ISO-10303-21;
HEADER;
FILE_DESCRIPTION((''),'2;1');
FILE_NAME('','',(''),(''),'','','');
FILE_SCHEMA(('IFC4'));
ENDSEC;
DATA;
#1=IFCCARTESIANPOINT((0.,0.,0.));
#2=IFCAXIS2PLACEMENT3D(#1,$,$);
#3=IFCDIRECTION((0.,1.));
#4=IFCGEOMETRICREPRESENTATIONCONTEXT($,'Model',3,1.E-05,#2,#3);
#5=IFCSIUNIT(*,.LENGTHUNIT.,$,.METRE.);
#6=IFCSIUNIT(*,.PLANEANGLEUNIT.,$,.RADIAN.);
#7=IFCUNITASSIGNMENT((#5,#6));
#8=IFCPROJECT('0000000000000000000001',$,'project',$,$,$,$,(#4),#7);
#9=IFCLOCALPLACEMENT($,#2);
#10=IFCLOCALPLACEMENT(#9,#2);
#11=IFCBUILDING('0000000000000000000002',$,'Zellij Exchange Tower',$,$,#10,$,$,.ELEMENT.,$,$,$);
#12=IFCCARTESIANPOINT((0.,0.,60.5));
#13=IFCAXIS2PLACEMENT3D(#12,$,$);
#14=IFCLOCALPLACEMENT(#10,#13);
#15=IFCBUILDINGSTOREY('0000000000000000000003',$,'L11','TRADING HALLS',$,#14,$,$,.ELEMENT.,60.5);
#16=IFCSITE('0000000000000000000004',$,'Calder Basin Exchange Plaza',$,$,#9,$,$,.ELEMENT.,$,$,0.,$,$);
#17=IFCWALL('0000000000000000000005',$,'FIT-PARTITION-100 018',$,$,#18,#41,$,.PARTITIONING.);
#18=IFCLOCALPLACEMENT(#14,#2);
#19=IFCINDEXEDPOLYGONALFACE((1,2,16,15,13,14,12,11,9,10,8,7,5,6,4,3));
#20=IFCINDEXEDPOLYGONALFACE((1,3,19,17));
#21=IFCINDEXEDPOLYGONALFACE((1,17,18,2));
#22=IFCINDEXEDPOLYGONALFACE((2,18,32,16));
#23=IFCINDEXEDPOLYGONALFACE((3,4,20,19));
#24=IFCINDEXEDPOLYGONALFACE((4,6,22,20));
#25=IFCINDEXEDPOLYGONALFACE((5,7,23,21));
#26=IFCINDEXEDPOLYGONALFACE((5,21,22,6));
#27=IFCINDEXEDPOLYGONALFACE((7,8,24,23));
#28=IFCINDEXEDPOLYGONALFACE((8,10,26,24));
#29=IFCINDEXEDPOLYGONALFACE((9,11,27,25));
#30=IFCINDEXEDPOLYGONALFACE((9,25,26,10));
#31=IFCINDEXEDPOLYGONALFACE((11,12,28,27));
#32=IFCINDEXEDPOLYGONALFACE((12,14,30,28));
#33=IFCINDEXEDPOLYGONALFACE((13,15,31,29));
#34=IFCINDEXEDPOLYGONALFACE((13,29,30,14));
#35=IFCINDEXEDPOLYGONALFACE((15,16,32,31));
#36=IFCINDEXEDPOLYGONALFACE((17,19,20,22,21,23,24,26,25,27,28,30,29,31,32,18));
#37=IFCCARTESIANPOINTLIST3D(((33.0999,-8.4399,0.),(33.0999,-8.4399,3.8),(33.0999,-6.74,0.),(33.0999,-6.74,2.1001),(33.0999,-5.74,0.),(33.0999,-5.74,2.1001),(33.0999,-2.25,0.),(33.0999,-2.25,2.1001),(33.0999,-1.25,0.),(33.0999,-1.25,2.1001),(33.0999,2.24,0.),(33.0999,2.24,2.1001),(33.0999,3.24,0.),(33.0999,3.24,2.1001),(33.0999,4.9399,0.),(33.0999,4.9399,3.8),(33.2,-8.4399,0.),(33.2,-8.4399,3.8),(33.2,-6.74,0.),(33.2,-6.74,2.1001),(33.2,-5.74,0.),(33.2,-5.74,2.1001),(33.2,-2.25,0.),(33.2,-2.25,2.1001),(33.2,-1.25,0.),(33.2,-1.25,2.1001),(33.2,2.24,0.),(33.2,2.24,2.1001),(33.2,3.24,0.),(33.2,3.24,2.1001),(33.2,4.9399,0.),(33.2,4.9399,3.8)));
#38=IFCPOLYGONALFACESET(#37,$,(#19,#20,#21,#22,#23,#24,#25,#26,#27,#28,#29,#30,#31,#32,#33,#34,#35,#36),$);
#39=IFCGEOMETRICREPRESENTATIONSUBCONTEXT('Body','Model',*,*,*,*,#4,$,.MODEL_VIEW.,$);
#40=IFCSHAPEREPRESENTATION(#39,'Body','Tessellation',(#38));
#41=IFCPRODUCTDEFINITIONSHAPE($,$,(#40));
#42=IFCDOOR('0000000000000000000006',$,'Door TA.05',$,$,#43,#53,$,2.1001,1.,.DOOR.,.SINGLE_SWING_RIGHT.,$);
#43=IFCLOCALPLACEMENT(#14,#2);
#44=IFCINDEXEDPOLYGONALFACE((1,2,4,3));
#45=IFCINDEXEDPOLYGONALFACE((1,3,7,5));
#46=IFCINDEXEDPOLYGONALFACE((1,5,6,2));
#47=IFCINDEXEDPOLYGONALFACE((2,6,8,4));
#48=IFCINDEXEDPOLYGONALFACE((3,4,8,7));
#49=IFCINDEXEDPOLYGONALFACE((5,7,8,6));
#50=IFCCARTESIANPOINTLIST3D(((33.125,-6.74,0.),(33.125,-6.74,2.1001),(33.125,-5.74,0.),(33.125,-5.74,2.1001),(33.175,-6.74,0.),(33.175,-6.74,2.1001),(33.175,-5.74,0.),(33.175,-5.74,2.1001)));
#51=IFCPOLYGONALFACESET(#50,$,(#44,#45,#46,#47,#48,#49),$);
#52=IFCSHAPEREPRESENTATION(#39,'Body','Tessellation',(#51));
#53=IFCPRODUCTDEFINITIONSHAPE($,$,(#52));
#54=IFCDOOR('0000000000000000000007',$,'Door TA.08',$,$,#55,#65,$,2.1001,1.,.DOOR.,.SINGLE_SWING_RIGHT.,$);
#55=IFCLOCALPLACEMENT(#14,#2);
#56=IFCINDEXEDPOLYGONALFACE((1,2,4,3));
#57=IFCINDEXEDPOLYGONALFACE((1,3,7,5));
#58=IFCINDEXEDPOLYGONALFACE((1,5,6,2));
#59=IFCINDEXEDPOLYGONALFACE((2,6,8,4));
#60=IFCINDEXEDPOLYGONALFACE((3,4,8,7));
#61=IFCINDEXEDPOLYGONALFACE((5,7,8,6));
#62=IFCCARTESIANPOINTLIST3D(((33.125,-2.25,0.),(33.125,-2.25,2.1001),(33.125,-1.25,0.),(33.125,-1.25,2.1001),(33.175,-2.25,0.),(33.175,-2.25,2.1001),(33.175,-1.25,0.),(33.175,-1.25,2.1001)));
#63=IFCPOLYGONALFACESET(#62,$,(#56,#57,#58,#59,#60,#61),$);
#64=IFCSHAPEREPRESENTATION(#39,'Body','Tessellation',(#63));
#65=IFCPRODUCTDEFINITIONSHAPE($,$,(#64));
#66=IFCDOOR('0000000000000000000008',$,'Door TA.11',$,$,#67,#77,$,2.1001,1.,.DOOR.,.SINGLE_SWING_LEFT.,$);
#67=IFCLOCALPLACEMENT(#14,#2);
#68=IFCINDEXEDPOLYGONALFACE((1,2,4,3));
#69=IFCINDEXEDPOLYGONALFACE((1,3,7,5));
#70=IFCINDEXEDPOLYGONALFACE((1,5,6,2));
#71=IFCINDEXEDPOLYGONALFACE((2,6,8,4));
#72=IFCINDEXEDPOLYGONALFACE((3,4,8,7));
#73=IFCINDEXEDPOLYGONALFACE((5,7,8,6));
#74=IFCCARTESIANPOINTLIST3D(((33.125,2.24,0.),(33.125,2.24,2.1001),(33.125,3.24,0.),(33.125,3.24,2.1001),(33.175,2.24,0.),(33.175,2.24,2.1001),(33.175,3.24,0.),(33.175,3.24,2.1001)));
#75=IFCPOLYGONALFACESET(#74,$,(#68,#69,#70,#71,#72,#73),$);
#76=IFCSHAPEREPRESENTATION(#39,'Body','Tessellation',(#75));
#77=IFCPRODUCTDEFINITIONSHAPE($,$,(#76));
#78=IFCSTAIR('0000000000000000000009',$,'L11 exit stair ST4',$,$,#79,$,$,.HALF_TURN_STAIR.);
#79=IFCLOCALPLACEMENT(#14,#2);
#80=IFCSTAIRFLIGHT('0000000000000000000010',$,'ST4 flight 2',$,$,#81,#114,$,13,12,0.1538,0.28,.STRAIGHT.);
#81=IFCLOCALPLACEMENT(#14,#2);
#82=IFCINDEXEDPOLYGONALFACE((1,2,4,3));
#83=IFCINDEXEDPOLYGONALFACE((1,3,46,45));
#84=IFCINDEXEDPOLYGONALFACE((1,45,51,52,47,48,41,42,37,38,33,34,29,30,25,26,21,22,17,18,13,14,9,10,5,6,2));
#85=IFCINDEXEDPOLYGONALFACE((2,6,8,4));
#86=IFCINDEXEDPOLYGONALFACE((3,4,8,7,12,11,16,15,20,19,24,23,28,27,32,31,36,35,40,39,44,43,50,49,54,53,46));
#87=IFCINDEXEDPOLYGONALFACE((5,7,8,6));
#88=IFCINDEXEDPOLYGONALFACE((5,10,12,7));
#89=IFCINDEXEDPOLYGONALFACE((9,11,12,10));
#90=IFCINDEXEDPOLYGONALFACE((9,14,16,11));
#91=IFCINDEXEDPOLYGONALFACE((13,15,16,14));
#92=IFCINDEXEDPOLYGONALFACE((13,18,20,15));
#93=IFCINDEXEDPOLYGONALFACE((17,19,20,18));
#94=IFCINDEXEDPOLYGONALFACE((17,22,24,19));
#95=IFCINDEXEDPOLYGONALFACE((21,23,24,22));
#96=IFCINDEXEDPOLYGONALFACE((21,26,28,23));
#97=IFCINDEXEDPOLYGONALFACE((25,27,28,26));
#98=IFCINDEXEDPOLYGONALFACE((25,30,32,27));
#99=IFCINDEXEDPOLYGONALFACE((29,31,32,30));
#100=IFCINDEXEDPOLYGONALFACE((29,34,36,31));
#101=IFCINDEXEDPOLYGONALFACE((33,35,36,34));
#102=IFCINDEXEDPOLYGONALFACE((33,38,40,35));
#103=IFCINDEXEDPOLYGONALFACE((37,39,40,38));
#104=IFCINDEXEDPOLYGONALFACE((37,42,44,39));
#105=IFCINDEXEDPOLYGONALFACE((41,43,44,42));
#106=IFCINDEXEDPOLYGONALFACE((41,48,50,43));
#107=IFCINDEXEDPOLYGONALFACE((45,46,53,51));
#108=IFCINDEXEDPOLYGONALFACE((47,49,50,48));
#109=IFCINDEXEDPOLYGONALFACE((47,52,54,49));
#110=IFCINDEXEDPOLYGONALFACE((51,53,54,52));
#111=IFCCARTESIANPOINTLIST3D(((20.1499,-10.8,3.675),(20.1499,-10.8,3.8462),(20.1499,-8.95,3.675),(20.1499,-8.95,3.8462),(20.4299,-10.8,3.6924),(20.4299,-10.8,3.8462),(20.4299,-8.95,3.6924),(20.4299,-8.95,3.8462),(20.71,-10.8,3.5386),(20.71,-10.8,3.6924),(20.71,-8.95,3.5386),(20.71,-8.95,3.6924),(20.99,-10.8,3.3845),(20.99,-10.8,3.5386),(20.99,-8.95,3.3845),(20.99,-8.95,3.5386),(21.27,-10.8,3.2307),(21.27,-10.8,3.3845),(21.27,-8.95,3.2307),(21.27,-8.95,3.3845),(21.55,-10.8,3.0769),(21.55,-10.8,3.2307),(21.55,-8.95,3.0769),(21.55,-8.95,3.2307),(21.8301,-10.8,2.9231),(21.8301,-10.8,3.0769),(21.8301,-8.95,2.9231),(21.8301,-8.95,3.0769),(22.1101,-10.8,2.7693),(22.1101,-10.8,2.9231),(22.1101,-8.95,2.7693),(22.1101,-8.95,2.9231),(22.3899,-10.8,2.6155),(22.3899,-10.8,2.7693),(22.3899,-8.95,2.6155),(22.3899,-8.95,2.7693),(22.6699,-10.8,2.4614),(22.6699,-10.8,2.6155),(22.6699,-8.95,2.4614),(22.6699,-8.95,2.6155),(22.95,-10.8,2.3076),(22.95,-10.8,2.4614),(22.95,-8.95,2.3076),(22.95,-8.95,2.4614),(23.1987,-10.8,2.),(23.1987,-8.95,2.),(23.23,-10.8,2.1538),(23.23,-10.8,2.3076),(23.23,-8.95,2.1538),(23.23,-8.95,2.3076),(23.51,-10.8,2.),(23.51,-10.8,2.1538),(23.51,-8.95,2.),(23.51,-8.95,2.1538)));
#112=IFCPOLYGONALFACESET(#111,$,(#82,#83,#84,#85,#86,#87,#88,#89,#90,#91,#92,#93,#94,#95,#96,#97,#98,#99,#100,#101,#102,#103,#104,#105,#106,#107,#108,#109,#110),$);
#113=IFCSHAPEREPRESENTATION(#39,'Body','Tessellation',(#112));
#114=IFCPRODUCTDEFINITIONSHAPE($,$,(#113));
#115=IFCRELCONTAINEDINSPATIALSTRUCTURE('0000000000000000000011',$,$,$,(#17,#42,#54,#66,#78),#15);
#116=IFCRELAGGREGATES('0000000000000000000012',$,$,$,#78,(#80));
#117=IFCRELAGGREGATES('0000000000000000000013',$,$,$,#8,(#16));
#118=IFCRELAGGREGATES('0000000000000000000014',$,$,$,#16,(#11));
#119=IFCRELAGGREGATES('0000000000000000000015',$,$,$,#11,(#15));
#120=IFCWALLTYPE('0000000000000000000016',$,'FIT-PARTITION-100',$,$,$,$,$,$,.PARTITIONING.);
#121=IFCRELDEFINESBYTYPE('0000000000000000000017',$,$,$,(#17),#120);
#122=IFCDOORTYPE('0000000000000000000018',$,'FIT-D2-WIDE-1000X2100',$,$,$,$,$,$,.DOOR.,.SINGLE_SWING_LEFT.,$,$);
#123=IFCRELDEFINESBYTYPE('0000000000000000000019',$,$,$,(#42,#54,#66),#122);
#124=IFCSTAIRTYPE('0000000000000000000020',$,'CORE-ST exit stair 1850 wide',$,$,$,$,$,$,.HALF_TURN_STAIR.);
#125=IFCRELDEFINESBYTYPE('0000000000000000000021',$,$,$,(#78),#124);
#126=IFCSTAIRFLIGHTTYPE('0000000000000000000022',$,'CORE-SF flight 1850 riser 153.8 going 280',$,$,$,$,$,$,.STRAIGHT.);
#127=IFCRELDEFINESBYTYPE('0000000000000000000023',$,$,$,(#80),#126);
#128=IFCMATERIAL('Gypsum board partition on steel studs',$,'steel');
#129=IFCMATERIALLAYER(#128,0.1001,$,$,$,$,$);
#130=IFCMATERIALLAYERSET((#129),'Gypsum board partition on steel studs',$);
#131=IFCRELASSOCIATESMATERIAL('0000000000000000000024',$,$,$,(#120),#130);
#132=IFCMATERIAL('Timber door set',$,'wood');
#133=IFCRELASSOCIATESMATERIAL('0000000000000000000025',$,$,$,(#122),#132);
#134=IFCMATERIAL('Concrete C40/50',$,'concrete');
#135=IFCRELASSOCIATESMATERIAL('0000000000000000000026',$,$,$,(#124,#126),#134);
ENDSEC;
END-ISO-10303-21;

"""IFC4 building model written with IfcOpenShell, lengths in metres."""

from ifc_helpers import new_model, si_unit, direction, frame, frame_2d, origin, place, context, subcontext, project, spatial, polyline, rectangle, outline, extrude, material, layer, layer_set, type_object, element, fill, aggregate, save


model = new_model("IFC4")

# Units and contexts
model_context = context("Model", 3, precision=1e-05, world=origin(), true_north=direction((0.0, 1.0)))
body_context = subcontext(model_context, "Body", "Model", "MODEL_VIEW")
ifc_project = project(units=[si_unit("LENGTHUNIT", "METRE"), si_unit("PLANEANGLEUNIT", "RADIAN")], contexts=[model_context])

# Site, building, storey
site_placement = place(None, origin())
site = spatial("IfcSite", under=ifc_project, at=site_placement, Name="Calder Basin Exchange Plaza", CompositionType="ELEMENT", RefElevation=0.0)
building_placement = place(site_placement, origin())
building = spatial("IfcBuilding", under=site, at=building_placement, Name="Zellij Exchange Tower", CompositionType="ELEMENT")
storey_placement = place(building_placement, frame((0.0, 0.0, 60.5)))
storey = spatial("IfcBuildingStorey", under=building, at=storey_placement, Name="L11", Description="TRADING HALLS", CompositionType="ELEMENT", Elevation=60.5)

# Shared definitions
ifc_material_1 = material(Name="Gypsum board partition on steel studs", Category="steel")
ifc_layer_1 = layer(ifc_material_1, 0.1001)
ifc_layer_set_1 = layer_set([ifc_layer_1], Name="Gypsum board partition on steel studs")
wall_type_1 = type_object("IfcWallType", Name="FIT-PARTITION-100", PredefinedType="PARTITIONING", material=ifc_layer_set_1)

# Shared definitions
ifc_material_2 = material(Name="Timber door set", Category="wood")
door_type_1 = type_object("IfcDoorType", Name="FIT-D2-WIDE-1000X2100", OperationType="SINGLE_SWING_LEFT", PredefinedType="DOOR", material=ifc_material_2)

# Wall, openings, doors
wall_1_placement = place(storey_placement, frame((33.1499, -8.4399, 0.0), z_axis=(0.0, 0.0, 1.0), x_axis=(0.0, 1.0, 0.0)))
wall_1 = element("IfcWall", 1, at=wall_1_placement, inside=storey, type_object=wall_type_1, Name="FIT-PARTITION-100 018", PredefinedType="PARTITIONING", context=body_context, shape_type="SweptSolid", body=[
    extrude(rectangle(XDim=13.3799, YDim=0.1001, at=frame_2d((6.6899, 0.0))), origin(), (0.0, 0.0, 1.0), 3.8),
])
opening_1_placement = place(wall_1_placement, frame((1.7, 0.0, 0.0)))
opening_1 = element("IfcOpeningElement", 2, at=opening_1_placement, cuts=wall_1, PredefinedType="OPENING", context=body_context, shape_type="SweptSolid", body=[
    extrude(rectangle(XDim=1.0, YDim=2.1001, at=frame_2d((0.5, 1.05))), frame((0.0, 0.062, 0.0), z_axis=(0.0, -1.0, 0.0), x_axis=(1.0, 0.0, 0.0)), (0.0, 0.0, 1.0), 0.124),
])
opening_2_placement = place(wall_1_placement, frame((6.1899, 0.0, 0.0)))
opening_2 = element("IfcOpeningElement", 3, at=opening_2_placement, cuts=wall_1, PredefinedType="OPENING", context=body_context, shape_type="SweptSolid", body=[
    extrude(rectangle(XDim=1.0, YDim=2.1001, at=frame_2d((0.5, 1.05))), frame((0.0, 0.062, 0.0), z_axis=(0.0, -1.0, 0.0), x_axis=(1.0, 0.0, 0.0)), (0.0, 0.0, 1.0), 0.124),
])
opening_3_placement = place(wall_1_placement, frame((10.6799, 0.0, 0.0)))
opening_3 = element("IfcOpeningElement", 4, at=opening_3_placement, cuts=wall_1, PredefinedType="OPENING", context=body_context, shape_type="SweptSolid", body=[
    extrude(rectangle(XDim=1.0, YDim=2.1001, at=frame_2d((0.5, 1.05))), frame((0.0, 0.062, 0.0), z_axis=(0.0, -1.0, 0.0), x_axis=(1.0, 0.0, 0.0)), (0.0, 0.0, 1.0), 0.124),
])
door_1_placement = place(opening_1_placement, origin())
door_1 = element("IfcDoor", 5, at=door_1_placement, inside=storey, type_object=door_type_1, Name="Door TA.05", OperationType="SINGLE_SWING_RIGHT", OverallHeight=2.1001, OverallWidth=1.0, PredefinedType="DOOR", context=body_context, shape_type="SweptSolid", body=[
    extrude(rectangle(XDim=1.0, YDim=2.1001, at=frame_2d((0.5, 1.05))), frame((0.0, 0.0249, 0.0), z_axis=(0.0, -1.0, 0.0), x_axis=(1.0, 0.0, 0.0)), (0.0, 0.0, 1.0), 0.05),
])
fill(opening_1, door_1)
door_2_placement = place(opening_2_placement, origin())
door_2 = element("IfcDoor", 6, at=door_2_placement, inside=storey, type_object=door_type_1, Name="Door TA.08", OperationType="SINGLE_SWING_RIGHT", OverallHeight=2.1001, OverallWidth=1.0, PredefinedType="DOOR", context=body_context, shape_type="SweptSolid", body=[
    extrude(rectangle(XDim=1.0, YDim=2.1001, at=frame_2d((0.5, 1.05))), frame((0.0, 0.0249, 0.0), z_axis=(0.0, -1.0, 0.0), x_axis=(1.0, 0.0, 0.0)), (0.0, 0.0, 1.0), 0.05),
])
fill(opening_2, door_2)
door_3_placement = place(opening_3_placement, origin())
door_3 = element("IfcDoor", 7, at=door_3_placement, inside=storey, type_object=door_type_1, Name="Door TA.11", OperationType="SINGLE_SWING_LEFT", OverallHeight=2.1001, OverallWidth=1.0, PredefinedType="DOOR", context=body_context, shape_type="SweptSolid", body=[
    extrude(rectangle(XDim=1.0, YDim=2.1001, at=frame_2d((0.5, 1.05))), frame((0.0, 0.0249, 0.0), z_axis=(0.0, -1.0, 0.0), x_axis=(1.0, 0.0, 0.0)), (0.0, 0.0, 1.0), 0.05),
])
fill(opening_3, door_3)

# Stair, stair flight
ifc_material_3 = material(Name="Concrete C40/50", Category="concrete")
stair_type = type_object("IfcStairType", Name="CORE-ST exit stair 1850 wide", PredefinedType="HALF_TURN_STAIR", material=ifc_material_3)
stair_placement = place(storey_placement, origin())
stair = element("IfcStair", 8, at=stair_placement, inside=storey, type_object=stair_type, Name="L11 exit stair ST4", PredefinedType="HALF_TURN_STAIR")
stair_flight_type = type_object("IfcStairFlightType", Name="CORE-SF flight 1850 riser 153.8 going 280", PredefinedType="STRAIGHT", material=ifc_material_3)
stair_flight_placement = place(storey_placement, frame((23.51, -9.875, 2.0), z_axis=(0.0, 0.0, 1.0), x_axis=(-1.0, 0.0, 0.0)))
stair_flight = element("IfcStairFlight", 9, at=stair_flight_placement, type_object=stair_flight_type, Name="ST4 flight 2", NumberOfRisers=13, NumberOfTreads=12, PredefinedType="STRAIGHT", RiserHeight=0.1538, TreadLength=0.28, context=body_context, shape_type="SweptSolid", body=[
    extrude(outline(polyline([(0.0, 0.0), (0.0, 0.1538), (0.28, 0.1538), (0.28, 0.3076), (0.5601, 0.3076), (0.5601, 0.4614), (0.8401, 0.4614), (0.8401, 0.6155), (1.1201, 0.6155), (1.1201, 0.7693), (1.3999, 0.7693), (1.3999, 0.9231), (1.6799, 0.9231), (1.6799, 1.0769), (1.96, 1.0769), (1.96, 1.2307), (2.24, 1.2307), (2.24, 1.3845), (2.52, 1.3845), (2.52, 1.5386), (2.8, 1.5386), (2.8, 1.6924), (3.0801, 1.6924), (3.0801, 1.8462), (3.3601, 1.8462), (3.3601, 2.0), (3.3601, 1.675), (0.3113, 0.0), (0.0, 0.0)])), frame((0.0, 0.925, 0.0), z_axis=(0.0, -1.0, 0.0), x_axis=(1.0, 0.0, 0.0)), (0.0, 0.0, 1.0), 1.8501),
])
aggregate(stair, [stair_flight])

save(model, "model.ifc")
